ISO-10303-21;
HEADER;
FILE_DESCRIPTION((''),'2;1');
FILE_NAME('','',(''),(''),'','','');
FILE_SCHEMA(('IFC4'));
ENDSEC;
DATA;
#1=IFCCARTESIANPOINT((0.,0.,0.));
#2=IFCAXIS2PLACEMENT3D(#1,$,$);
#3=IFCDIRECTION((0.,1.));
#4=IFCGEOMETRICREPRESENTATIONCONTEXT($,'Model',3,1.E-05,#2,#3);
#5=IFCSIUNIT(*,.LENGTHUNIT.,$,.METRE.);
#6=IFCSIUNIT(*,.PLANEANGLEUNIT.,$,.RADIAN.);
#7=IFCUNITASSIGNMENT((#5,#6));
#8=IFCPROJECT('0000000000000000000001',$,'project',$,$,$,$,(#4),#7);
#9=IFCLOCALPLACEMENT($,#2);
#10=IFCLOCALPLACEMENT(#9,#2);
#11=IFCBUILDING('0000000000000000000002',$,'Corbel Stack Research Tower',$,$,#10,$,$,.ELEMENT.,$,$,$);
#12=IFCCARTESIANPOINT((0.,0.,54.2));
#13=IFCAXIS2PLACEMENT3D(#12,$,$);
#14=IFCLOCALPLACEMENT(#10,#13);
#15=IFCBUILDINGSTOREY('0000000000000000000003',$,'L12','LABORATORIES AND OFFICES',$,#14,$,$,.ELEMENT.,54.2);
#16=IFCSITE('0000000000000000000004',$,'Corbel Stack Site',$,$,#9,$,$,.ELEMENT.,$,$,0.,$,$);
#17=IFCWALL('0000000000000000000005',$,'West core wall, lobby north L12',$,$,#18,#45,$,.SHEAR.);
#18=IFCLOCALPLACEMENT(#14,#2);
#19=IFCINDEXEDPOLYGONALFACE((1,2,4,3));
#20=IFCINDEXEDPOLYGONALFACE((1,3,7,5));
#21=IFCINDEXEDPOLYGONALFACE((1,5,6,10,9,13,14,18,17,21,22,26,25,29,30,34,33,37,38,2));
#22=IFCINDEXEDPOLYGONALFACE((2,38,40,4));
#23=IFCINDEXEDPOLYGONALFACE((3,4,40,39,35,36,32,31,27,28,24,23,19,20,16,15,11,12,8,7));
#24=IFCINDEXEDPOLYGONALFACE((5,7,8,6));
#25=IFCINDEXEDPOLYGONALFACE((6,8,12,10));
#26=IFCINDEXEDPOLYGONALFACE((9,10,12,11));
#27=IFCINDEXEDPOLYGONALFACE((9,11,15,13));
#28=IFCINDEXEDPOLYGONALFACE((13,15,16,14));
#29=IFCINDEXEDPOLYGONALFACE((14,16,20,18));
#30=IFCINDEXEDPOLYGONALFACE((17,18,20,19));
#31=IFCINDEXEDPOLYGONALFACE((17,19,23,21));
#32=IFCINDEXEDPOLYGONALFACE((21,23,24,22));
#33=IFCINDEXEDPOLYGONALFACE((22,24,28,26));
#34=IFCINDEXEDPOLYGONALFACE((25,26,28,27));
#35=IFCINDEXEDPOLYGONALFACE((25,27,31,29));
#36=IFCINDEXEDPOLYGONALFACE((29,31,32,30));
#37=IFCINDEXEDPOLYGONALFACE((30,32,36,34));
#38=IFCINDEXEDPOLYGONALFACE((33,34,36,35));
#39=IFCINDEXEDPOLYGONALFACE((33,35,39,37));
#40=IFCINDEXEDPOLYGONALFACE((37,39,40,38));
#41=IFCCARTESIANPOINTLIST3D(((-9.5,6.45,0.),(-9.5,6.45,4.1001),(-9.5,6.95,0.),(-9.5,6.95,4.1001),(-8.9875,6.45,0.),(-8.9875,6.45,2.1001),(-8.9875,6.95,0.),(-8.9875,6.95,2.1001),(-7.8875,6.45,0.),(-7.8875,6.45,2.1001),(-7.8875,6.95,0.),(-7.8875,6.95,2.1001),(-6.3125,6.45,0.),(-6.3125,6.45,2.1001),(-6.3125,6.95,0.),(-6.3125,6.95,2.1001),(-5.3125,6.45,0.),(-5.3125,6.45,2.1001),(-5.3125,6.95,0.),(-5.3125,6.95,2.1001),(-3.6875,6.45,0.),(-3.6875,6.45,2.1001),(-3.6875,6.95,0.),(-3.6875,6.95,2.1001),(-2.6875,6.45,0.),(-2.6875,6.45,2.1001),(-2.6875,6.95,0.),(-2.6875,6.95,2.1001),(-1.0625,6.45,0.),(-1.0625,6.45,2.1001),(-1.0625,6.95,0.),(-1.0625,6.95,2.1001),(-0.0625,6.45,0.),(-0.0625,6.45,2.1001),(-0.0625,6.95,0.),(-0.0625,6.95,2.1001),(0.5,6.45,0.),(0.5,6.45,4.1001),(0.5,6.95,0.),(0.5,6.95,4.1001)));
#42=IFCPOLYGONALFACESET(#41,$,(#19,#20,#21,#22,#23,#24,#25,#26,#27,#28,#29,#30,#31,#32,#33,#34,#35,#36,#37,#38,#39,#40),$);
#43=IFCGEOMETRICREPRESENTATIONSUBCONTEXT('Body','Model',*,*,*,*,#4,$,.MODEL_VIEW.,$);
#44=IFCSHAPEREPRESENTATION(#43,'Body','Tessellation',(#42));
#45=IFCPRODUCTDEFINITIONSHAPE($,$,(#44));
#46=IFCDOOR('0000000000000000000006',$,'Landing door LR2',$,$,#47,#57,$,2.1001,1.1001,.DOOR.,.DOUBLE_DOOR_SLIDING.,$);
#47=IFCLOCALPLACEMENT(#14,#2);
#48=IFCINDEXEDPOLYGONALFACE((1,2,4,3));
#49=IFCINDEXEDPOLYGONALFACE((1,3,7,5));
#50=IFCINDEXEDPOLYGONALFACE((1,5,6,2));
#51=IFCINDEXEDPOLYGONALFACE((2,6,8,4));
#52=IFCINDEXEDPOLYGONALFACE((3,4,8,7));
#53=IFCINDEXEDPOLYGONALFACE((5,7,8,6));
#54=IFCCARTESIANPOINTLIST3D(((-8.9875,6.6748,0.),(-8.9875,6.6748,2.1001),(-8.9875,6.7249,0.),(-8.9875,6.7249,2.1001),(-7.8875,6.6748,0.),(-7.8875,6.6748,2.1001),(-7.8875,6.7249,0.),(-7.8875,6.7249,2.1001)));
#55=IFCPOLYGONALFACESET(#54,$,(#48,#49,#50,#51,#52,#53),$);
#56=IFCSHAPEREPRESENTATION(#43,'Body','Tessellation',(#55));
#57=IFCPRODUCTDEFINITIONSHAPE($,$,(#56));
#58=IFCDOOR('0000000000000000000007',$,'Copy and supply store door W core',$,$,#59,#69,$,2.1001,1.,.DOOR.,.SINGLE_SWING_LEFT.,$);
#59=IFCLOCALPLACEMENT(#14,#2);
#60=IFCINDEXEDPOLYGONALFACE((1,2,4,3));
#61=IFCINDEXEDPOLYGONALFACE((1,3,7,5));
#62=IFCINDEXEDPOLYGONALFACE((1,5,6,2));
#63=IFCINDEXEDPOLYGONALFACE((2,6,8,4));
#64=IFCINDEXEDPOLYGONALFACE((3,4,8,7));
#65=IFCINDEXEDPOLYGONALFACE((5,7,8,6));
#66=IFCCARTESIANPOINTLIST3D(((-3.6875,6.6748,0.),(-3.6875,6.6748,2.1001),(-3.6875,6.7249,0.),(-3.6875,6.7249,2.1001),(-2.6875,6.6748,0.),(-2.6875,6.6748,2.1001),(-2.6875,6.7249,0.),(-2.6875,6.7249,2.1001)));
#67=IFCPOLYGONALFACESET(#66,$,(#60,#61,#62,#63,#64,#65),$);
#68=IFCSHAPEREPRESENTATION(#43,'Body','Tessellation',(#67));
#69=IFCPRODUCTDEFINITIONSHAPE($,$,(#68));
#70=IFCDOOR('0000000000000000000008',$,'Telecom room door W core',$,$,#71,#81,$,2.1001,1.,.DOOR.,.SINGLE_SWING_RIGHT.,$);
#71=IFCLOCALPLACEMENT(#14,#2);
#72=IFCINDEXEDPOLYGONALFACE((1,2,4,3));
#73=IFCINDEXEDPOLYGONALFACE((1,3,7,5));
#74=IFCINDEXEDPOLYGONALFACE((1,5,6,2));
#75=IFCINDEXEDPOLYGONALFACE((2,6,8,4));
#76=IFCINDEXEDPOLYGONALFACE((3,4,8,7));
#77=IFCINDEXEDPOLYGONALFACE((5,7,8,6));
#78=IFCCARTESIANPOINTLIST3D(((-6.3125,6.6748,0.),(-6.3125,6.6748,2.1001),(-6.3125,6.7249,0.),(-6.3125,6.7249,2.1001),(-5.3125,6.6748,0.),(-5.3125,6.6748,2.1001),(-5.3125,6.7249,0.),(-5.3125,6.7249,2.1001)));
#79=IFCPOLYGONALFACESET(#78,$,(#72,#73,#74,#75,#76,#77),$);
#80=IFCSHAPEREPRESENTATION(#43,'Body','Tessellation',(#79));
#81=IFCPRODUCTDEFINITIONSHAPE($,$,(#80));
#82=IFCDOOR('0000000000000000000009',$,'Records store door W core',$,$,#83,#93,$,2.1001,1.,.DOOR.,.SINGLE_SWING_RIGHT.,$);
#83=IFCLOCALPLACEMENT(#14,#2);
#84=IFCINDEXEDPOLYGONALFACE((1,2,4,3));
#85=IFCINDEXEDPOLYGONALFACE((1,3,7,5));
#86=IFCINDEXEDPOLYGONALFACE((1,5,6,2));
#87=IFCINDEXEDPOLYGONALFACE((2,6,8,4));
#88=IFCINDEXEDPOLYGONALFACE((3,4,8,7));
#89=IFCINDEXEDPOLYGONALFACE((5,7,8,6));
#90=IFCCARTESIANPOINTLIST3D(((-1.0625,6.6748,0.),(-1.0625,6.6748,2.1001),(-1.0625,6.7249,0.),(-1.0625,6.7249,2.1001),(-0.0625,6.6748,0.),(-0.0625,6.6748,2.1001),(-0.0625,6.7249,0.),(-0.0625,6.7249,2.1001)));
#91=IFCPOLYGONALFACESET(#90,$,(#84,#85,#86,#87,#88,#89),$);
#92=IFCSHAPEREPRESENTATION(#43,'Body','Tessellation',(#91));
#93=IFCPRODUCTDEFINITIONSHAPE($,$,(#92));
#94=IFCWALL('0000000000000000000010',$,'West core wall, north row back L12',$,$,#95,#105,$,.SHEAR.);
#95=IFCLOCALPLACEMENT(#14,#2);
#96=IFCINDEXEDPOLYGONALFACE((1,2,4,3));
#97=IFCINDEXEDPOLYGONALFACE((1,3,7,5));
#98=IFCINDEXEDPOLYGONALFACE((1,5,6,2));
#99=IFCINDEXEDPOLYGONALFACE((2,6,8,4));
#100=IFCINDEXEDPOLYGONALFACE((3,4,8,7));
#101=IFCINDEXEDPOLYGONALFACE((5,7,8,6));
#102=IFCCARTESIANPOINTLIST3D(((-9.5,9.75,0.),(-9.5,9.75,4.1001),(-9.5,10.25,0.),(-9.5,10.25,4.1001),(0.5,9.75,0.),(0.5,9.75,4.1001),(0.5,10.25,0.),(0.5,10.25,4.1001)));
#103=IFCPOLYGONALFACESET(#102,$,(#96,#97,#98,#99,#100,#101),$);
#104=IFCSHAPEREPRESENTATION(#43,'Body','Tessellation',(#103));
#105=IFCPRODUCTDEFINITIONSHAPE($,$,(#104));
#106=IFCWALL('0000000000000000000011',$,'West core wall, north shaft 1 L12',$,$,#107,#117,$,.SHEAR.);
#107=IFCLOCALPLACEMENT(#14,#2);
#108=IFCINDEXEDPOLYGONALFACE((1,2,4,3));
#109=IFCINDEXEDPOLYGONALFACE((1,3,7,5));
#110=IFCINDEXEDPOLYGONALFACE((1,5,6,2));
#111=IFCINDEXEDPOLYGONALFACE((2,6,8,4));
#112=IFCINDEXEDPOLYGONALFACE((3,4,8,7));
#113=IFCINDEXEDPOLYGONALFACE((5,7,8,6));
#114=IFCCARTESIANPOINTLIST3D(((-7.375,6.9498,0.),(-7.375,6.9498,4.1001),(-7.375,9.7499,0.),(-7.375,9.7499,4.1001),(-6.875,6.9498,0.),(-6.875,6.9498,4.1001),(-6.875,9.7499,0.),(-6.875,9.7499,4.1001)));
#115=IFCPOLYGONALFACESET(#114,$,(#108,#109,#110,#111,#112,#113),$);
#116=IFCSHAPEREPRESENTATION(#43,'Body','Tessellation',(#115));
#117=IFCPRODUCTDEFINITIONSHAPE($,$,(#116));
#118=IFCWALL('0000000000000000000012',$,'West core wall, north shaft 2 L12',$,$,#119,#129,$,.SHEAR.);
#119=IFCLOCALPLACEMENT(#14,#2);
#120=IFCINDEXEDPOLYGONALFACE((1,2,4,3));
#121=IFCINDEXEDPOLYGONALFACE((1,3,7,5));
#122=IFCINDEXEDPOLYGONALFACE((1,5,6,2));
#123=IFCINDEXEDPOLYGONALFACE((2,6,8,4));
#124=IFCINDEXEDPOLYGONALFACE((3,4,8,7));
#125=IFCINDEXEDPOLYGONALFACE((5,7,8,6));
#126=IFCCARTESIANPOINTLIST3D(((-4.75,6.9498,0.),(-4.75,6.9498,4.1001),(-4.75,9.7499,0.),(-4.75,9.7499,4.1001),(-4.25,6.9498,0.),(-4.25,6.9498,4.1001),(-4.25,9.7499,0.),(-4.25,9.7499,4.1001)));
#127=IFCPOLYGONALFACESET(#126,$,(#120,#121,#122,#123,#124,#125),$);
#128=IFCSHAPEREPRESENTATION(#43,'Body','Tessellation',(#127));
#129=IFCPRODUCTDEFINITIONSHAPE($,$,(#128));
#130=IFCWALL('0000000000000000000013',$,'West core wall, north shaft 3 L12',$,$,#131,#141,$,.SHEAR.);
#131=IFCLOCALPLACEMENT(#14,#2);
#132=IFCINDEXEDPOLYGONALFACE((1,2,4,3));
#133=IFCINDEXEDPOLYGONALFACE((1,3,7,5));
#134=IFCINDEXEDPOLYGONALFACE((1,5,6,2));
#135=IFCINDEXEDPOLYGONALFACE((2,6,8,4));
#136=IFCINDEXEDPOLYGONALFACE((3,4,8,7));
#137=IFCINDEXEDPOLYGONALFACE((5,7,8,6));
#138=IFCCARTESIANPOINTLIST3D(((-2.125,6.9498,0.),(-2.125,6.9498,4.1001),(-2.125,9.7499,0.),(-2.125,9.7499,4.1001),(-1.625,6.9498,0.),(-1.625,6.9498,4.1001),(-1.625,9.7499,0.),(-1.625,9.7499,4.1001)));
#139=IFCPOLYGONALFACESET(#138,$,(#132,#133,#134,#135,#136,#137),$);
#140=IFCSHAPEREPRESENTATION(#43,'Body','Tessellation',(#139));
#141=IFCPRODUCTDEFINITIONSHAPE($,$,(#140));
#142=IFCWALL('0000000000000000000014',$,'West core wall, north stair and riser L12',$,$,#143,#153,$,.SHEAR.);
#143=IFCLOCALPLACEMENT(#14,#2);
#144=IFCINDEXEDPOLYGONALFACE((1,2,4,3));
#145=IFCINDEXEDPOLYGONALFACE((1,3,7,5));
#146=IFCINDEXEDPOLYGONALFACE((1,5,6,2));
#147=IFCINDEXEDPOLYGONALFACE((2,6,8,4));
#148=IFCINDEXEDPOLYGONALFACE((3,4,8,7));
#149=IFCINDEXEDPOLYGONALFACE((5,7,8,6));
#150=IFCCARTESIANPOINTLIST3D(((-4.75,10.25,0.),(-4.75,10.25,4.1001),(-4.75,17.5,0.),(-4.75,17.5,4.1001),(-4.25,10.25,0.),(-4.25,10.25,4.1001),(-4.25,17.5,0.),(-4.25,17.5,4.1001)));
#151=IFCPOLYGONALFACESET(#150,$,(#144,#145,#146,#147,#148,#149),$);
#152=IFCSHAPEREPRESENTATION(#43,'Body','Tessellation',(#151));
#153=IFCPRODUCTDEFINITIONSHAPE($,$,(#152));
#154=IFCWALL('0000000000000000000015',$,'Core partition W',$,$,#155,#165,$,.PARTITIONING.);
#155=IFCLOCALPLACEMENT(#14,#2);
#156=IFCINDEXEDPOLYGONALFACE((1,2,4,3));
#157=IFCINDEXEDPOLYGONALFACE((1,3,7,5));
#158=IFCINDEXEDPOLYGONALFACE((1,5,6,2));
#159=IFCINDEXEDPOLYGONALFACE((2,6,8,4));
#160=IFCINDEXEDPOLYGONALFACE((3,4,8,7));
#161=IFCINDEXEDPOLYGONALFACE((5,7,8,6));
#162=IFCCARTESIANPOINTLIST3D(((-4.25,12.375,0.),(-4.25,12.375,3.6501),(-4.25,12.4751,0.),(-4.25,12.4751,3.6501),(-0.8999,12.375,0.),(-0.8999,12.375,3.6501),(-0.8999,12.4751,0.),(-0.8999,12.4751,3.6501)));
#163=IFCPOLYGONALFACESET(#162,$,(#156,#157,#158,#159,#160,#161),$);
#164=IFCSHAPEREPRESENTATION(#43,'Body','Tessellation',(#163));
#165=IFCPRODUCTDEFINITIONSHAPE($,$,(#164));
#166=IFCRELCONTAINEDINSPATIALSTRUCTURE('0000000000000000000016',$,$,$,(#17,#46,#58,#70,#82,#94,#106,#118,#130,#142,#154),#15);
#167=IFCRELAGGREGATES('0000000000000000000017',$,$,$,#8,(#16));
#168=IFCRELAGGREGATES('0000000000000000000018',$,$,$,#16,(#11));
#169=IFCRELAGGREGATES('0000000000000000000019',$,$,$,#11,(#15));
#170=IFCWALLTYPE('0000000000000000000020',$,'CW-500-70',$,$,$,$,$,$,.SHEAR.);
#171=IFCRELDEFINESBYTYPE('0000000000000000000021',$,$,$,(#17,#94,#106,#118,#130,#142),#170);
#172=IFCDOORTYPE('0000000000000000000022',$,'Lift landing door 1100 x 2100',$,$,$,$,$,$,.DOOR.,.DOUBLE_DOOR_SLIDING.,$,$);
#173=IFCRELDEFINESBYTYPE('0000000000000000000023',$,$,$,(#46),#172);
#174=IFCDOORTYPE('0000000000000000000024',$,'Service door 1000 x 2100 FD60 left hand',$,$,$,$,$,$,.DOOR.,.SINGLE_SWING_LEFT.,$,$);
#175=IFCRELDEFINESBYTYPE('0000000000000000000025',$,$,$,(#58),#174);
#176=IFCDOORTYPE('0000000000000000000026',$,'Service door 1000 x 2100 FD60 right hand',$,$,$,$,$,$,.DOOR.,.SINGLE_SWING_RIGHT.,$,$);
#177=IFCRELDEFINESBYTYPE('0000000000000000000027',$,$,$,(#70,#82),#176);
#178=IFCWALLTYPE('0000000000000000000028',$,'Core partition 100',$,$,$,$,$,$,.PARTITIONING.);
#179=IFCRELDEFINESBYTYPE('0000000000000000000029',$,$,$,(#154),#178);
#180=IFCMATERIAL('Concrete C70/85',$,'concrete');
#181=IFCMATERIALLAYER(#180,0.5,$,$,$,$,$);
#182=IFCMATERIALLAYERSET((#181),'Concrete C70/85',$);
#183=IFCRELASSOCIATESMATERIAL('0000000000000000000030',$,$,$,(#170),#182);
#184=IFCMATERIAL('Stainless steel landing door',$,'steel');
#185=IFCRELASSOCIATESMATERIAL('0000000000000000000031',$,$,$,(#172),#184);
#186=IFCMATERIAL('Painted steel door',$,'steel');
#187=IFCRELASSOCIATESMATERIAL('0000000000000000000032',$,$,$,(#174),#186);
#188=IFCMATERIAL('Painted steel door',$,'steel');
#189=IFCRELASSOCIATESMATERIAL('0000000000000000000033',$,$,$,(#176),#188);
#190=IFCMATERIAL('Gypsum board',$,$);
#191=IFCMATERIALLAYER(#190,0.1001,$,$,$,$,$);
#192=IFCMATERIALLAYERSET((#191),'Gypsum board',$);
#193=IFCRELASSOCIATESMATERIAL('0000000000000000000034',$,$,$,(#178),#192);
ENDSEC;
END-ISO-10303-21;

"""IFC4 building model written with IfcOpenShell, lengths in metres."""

from ifc_helpers import new_model, si_unit, direction, frame, frame_2d, origin, place, context, subcontext, project, spatial, rectangle, extrude, material, layer, layer_set, type_object, element, fill, save


model = new_model("IFC4")

# Units and contexts
model_context = context("Model", 3, precision=1e-05, world=origin(), true_north=direction((0.0, 1.0)))
body_context = subcontext(model_context, "Body", "Model", "MODEL_VIEW")
ifc_project = project(units=[si_unit("LENGTHUNIT", "METRE"), si_unit("PLANEANGLEUNIT", "RADIAN")], contexts=[model_context])

# Site, building, storey
site_placement = place(None, origin())
site = spatial("IfcSite", under=ifc_project, at=site_placement, Name="Corbel Stack Site", CompositionType="ELEMENT", RefElevation=0.0)
building_placement = place(site_placement, origin())
building = spatial("IfcBuilding", under=site, at=building_placement, Name="Corbel Stack Research Tower", CompositionType="ELEMENT")
storey_placement = place(building_placement, frame((0.0, 0.0, 54.2)))
storey = spatial("IfcBuildingStorey", under=building, at=storey_placement, Name="L12", Description="LABORATORIES AND OFFICES", CompositionType="ELEMENT", Elevation=54.2)

# Wall, openings, doors
ifc_material_1 = material(Name="Concrete C70/85", Category="concrete")
ifc_layer_1 = layer(ifc_material_1, 0.5)
ifc_layer_set_1 = layer_set([ifc_layer_1], Name="Concrete C70/85")
wall_type_1 = type_object("IfcWallType", Name="CW-500-70", PredefinedType="SHEAR", material=ifc_layer_set_1)
ifc_material_2 = material(Name="Stainless steel landing door", Category="steel")
door_type_1 = type_object("IfcDoorType", Name="Lift landing door 1100 x 2100", OperationType="DOUBLE_DOOR_SLIDING", PredefinedType="DOOR", material=ifc_material_2)
wall_1_placement = place(storey_placement, frame((-9.5, 6.7, 0.0), z_axis=(0.0, 0.0, 1.0), x_axis=(1.0, 0.0, 0.0)))
wall_1 = element("IfcWall", 1, at=wall_1_placement, inside=storey, type_object=wall_type_1, Name="West core wall, lobby north L12", PredefinedType="SHEAR", context=body_context, shape_type="SweptSolid", body=[
    extrude(rectangle(XDim=10.0, YDim=0.5, at=frame_2d((5.0, 0.0))), origin(), (0.0, 0.0, 1.0), 4.1001),
])
opening_1_placement = place(wall_1_placement, frame((0.5125, 0.0, 0.0)))
opening_1 = element("IfcOpeningElement", 2, at=opening_1_placement, cuts=wall_1, PredefinedType="OPENING", context=body_context, shape_type="SweptSolid", body=[
    extrude(rectangle(XDim=1.1001, YDim=2.1001, at=frame_2d((0.55, 1.05))), frame((0.0, 0.26, 0.0), z_axis=(0.0, -1.0, 0.0), x_axis=(1.0, 0.0, 0.0)), (0.0, 0.0, 1.0), 0.52),
])
opening_2_placement = place(wall_1_placement, frame((3.1875, 0.0, 0.0)))
opening_2 = element("IfcOpeningElement", 3, at=opening_2_placement, cuts=wall_1, PredefinedType="OPENING", context=body_context, shape_type="SweptSolid", body=[
    extrude(rectangle(XDim=1.0, YDim=2.1001, at=frame_2d((0.5, 1.05))), frame((0.0, 0.26, 0.0), z_axis=(0.0, -1.0, 0.0), x_axis=(1.0, 0.0, 0.0)), (0.0, 0.0, 1.0), 0.52),
])
opening_3_placement = place(wall_1_placement, frame((5.8125, 0.0, 0.0)))
opening_3 = element("IfcOpeningElement", 4, at=opening_3_placement, cuts=wall_1, PredefinedType="OPENING", context=body_context, shape_type="SweptSolid", body=[
    extrude(rectangle(XDim=1.0, YDim=2.1001, at=frame_2d((0.5, 1.05))), frame((0.0, 0.26, 0.0), z_axis=(0.0, -1.0, 0.0), x_axis=(1.0, 0.0, 0.0)), (0.0, 0.0, 1.0), 0.52),
])
opening_4_placement = place(wall_1_placement, frame((8.4375, 0.0, 0.0)))
opening_4 = element("IfcOpeningElement", 5, at=opening_4_placement, cuts=wall_1, PredefinedType="OPENING", context=body_context, shape_type="SweptSolid", body=[
    extrude(rectangle(XDim=1.0, YDim=2.1001, at=frame_2d((0.5, 1.05))), frame((0.0, 0.26, 0.0), z_axis=(0.0, -1.0, 0.0), x_axis=(1.0, 0.0, 0.0)), (0.0, 0.0, 1.0), 0.52),
])
door_1_placement = place(opening_1_placement, origin())
door_1 = element("IfcDoor", 6, at=door_1_placement, inside=storey, type_object=door_type_1, Name="Landing door LR2", OperationType="DOUBLE_DOOR_SLIDING", OverallHeight=2.1001, OverallWidth=1.1001, PredefinedType="DOOR", context=body_context, shape_type="SweptSolid", body=[
    extrude(rectangle(XDim=1.1001, YDim=2.1001, at=frame_2d((0.55, 1.05))), frame((0.0, 0.0249, 0.0), z_axis=(0.0, -1.0, 0.0), x_axis=(1.0, 0.0, 0.0)), (0.0, 0.0, 1.0), 0.05),
])
fill(opening_1, door_1)
ifc_material_3 = material(Name="Painted steel door", Category="steel")
door_type_2 = type_object("IfcDoorType", Name="Service door 1000 x 2100 FD60 left hand", OperationType="SINGLE_SWING_LEFT", PredefinedType="DOOR", material=ifc_material_3)
door_2_placement = place(opening_3_placement, origin())
door_2 = element("IfcDoor", 7, at=door_2_placement, inside=storey, type_object=door_type_2, Name="Copy and supply store door W core", OperationType="SINGLE_SWING_LEFT", OverallHeight=2.1001, OverallWidth=1.0, PredefinedType="DOOR", context=body_context, shape_type="SweptSolid", body=[
    extrude(rectangle(XDim=1.0, YDim=2.1001, at=frame_2d((0.5, 1.05))), frame((0.0, 0.0249, 0.0), z_axis=(0.0, -1.0, 0.0), x_axis=(1.0, 0.0, 0.0)), (0.0, 0.0, 1.0), 0.05),
])
fill(opening_3, door_2)
ifc_material_4 = material(Name="Painted steel door", Category="steel")
door_type_3 = type_object("IfcDoorType", Name="Service door 1000 x 2100 FD60 right hand", OperationType="SINGLE_SWING_RIGHT", PredefinedType="DOOR", material=ifc_material_4)
door_3_placement = place(opening_2_placement, origin())
door_3 = element("IfcDoor", 8, at=door_3_placement, inside=storey, type_object=door_type_3, Name="Telecom room door W core", OperationType="SINGLE_SWING_RIGHT", OverallHeight=2.1001, OverallWidth=1.0, PredefinedType="DOOR", context=body_context, shape_type="SweptSolid", body=[
    extrude(rectangle(XDim=1.0, YDim=2.1001, at=frame_2d((0.5, 1.05))), frame((0.0, 0.0249, 0.0), z_axis=(0.0, -1.0, 0.0), x_axis=(1.0, 0.0, 0.0)), (0.0, 0.0, 1.0), 0.05),
])
fill(opening_2, door_3)
door_4_placement = place(opening_4_placement, origin())
door_4 = element("IfcDoor", 9, at=door_4_placement, inside=storey, type_object=door_type_3, Name="Records store door W core", OperationType="SINGLE_SWING_RIGHT", OverallHeight=2.1001, OverallWidth=1.0, PredefinedType="DOOR", context=body_context, shape_type="SweptSolid", body=[
    extrude(rectangle(XDim=1.0, YDim=2.1001, at=frame_2d((0.5, 1.05))), frame((0.0, 0.0249, 0.0), z_axis=(0.0, -1.0, 0.0), x_axis=(1.0, 0.0, 0.0)), (0.0, 0.0, 1.0), 0.05),
])
fill(opening_4, door_4)

# Walls
wall_2_placement = place(storey_placement, frame((-9.5, 10.0, 0.0), z_axis=(0.0, 0.0, 1.0), x_axis=(1.0, 0.0, 0.0)))
element("IfcWall", 10, at=wall_2_placement, inside=storey, type_object=wall_type_1, Name="West core wall, north row back L12", PredefinedType="SHEAR", context=body_context, shape_type="SweptSolid", body=[
    extrude(rectangle(XDim=10.0, YDim=0.5, at=frame_2d((5.0, 0.0))), origin(), (0.0, 0.0, 1.0), 4.1001),
])
for number, where, z_axis, x_axis, name in (
    (11, (-7.125, 6.95, 0.0), (0.0, 0.0, 1.0), (0.0, 1.0, 0.0), "West core wall, north shaft 1 L12"),
    (12, (-4.5, 6.95, 0.0), (0.0, 0.0, 1.0), (0.0, 1.0, 0.0), "West core wall, north shaft 2 L12"),
    (13, (-1.875, 6.95, 0.0), (0.0, 0.0, 1.0), (0.0, 1.0, 0.0), "West core wall, north shaft 3 L12"),
):
    element("IfcWall", number, at=place(storey_placement, frame(where, z_axis=z_axis, x_axis=x_axis)), inside=storey, type_object=wall_type_1, Name=name, PredefinedType="SHEAR", context=body_context, shape_type="SweptSolid", body=[
        extrude(rectangle(XDim=2.8, YDim=0.5, at=frame_2d((1.3999, 0.0))), origin(), (0.0, 0.0, 1.0), 4.1001),
    ])
wall_3_placement = place(storey_placement, frame((-4.5, 10.25, 0.0), z_axis=(0.0, 0.0, 1.0), x_axis=(0.0, 1.0, 0.0)))
element("IfcWall", 14, at=wall_3_placement, inside=storey, type_object=wall_type_1, Name="West core wall, north stair and riser L12", PredefinedType="SHEAR", context=body_context, shape_type="SweptSolid", body=[
    extrude(rectangle(XDim=7.25, YDim=0.5, at=frame_2d((3.625, 0.0))), origin(), (0.0, 0.0, 1.0), 4.1001),
])
ifc_material_5 = material(Name="Gypsum board")
ifc_layer_2 = layer(ifc_material_5, 0.1001)
ifc_layer_set_2 = layer_set([ifc_layer_2], Name="Gypsum board")
wall_type_2 = type_object("IfcWallType", Name="Core partition 100", PredefinedType="PARTITIONING", material=ifc_layer_set_2)
wall_4_placement = place(storey_placement, frame((-4.25, 12.425, 0.0), z_axis=(0.0, 0.0, 1.0), x_axis=(1.0, 0.0, 0.0)))
element("IfcWall", 15, at=wall_4_placement, inside=storey, type_object=wall_type_2, Name="Core partition W", PredefinedType="PARTITIONING", context=body_context, shape_type="SweptSolid", body=[
    extrude(rectangle(XDim=3.3501, YDim=0.1001, at=frame_2d((1.675, 0.0))), origin(), (0.0, 0.0, 1.0), 3.6501),
])

save(model, "model.ifc")
